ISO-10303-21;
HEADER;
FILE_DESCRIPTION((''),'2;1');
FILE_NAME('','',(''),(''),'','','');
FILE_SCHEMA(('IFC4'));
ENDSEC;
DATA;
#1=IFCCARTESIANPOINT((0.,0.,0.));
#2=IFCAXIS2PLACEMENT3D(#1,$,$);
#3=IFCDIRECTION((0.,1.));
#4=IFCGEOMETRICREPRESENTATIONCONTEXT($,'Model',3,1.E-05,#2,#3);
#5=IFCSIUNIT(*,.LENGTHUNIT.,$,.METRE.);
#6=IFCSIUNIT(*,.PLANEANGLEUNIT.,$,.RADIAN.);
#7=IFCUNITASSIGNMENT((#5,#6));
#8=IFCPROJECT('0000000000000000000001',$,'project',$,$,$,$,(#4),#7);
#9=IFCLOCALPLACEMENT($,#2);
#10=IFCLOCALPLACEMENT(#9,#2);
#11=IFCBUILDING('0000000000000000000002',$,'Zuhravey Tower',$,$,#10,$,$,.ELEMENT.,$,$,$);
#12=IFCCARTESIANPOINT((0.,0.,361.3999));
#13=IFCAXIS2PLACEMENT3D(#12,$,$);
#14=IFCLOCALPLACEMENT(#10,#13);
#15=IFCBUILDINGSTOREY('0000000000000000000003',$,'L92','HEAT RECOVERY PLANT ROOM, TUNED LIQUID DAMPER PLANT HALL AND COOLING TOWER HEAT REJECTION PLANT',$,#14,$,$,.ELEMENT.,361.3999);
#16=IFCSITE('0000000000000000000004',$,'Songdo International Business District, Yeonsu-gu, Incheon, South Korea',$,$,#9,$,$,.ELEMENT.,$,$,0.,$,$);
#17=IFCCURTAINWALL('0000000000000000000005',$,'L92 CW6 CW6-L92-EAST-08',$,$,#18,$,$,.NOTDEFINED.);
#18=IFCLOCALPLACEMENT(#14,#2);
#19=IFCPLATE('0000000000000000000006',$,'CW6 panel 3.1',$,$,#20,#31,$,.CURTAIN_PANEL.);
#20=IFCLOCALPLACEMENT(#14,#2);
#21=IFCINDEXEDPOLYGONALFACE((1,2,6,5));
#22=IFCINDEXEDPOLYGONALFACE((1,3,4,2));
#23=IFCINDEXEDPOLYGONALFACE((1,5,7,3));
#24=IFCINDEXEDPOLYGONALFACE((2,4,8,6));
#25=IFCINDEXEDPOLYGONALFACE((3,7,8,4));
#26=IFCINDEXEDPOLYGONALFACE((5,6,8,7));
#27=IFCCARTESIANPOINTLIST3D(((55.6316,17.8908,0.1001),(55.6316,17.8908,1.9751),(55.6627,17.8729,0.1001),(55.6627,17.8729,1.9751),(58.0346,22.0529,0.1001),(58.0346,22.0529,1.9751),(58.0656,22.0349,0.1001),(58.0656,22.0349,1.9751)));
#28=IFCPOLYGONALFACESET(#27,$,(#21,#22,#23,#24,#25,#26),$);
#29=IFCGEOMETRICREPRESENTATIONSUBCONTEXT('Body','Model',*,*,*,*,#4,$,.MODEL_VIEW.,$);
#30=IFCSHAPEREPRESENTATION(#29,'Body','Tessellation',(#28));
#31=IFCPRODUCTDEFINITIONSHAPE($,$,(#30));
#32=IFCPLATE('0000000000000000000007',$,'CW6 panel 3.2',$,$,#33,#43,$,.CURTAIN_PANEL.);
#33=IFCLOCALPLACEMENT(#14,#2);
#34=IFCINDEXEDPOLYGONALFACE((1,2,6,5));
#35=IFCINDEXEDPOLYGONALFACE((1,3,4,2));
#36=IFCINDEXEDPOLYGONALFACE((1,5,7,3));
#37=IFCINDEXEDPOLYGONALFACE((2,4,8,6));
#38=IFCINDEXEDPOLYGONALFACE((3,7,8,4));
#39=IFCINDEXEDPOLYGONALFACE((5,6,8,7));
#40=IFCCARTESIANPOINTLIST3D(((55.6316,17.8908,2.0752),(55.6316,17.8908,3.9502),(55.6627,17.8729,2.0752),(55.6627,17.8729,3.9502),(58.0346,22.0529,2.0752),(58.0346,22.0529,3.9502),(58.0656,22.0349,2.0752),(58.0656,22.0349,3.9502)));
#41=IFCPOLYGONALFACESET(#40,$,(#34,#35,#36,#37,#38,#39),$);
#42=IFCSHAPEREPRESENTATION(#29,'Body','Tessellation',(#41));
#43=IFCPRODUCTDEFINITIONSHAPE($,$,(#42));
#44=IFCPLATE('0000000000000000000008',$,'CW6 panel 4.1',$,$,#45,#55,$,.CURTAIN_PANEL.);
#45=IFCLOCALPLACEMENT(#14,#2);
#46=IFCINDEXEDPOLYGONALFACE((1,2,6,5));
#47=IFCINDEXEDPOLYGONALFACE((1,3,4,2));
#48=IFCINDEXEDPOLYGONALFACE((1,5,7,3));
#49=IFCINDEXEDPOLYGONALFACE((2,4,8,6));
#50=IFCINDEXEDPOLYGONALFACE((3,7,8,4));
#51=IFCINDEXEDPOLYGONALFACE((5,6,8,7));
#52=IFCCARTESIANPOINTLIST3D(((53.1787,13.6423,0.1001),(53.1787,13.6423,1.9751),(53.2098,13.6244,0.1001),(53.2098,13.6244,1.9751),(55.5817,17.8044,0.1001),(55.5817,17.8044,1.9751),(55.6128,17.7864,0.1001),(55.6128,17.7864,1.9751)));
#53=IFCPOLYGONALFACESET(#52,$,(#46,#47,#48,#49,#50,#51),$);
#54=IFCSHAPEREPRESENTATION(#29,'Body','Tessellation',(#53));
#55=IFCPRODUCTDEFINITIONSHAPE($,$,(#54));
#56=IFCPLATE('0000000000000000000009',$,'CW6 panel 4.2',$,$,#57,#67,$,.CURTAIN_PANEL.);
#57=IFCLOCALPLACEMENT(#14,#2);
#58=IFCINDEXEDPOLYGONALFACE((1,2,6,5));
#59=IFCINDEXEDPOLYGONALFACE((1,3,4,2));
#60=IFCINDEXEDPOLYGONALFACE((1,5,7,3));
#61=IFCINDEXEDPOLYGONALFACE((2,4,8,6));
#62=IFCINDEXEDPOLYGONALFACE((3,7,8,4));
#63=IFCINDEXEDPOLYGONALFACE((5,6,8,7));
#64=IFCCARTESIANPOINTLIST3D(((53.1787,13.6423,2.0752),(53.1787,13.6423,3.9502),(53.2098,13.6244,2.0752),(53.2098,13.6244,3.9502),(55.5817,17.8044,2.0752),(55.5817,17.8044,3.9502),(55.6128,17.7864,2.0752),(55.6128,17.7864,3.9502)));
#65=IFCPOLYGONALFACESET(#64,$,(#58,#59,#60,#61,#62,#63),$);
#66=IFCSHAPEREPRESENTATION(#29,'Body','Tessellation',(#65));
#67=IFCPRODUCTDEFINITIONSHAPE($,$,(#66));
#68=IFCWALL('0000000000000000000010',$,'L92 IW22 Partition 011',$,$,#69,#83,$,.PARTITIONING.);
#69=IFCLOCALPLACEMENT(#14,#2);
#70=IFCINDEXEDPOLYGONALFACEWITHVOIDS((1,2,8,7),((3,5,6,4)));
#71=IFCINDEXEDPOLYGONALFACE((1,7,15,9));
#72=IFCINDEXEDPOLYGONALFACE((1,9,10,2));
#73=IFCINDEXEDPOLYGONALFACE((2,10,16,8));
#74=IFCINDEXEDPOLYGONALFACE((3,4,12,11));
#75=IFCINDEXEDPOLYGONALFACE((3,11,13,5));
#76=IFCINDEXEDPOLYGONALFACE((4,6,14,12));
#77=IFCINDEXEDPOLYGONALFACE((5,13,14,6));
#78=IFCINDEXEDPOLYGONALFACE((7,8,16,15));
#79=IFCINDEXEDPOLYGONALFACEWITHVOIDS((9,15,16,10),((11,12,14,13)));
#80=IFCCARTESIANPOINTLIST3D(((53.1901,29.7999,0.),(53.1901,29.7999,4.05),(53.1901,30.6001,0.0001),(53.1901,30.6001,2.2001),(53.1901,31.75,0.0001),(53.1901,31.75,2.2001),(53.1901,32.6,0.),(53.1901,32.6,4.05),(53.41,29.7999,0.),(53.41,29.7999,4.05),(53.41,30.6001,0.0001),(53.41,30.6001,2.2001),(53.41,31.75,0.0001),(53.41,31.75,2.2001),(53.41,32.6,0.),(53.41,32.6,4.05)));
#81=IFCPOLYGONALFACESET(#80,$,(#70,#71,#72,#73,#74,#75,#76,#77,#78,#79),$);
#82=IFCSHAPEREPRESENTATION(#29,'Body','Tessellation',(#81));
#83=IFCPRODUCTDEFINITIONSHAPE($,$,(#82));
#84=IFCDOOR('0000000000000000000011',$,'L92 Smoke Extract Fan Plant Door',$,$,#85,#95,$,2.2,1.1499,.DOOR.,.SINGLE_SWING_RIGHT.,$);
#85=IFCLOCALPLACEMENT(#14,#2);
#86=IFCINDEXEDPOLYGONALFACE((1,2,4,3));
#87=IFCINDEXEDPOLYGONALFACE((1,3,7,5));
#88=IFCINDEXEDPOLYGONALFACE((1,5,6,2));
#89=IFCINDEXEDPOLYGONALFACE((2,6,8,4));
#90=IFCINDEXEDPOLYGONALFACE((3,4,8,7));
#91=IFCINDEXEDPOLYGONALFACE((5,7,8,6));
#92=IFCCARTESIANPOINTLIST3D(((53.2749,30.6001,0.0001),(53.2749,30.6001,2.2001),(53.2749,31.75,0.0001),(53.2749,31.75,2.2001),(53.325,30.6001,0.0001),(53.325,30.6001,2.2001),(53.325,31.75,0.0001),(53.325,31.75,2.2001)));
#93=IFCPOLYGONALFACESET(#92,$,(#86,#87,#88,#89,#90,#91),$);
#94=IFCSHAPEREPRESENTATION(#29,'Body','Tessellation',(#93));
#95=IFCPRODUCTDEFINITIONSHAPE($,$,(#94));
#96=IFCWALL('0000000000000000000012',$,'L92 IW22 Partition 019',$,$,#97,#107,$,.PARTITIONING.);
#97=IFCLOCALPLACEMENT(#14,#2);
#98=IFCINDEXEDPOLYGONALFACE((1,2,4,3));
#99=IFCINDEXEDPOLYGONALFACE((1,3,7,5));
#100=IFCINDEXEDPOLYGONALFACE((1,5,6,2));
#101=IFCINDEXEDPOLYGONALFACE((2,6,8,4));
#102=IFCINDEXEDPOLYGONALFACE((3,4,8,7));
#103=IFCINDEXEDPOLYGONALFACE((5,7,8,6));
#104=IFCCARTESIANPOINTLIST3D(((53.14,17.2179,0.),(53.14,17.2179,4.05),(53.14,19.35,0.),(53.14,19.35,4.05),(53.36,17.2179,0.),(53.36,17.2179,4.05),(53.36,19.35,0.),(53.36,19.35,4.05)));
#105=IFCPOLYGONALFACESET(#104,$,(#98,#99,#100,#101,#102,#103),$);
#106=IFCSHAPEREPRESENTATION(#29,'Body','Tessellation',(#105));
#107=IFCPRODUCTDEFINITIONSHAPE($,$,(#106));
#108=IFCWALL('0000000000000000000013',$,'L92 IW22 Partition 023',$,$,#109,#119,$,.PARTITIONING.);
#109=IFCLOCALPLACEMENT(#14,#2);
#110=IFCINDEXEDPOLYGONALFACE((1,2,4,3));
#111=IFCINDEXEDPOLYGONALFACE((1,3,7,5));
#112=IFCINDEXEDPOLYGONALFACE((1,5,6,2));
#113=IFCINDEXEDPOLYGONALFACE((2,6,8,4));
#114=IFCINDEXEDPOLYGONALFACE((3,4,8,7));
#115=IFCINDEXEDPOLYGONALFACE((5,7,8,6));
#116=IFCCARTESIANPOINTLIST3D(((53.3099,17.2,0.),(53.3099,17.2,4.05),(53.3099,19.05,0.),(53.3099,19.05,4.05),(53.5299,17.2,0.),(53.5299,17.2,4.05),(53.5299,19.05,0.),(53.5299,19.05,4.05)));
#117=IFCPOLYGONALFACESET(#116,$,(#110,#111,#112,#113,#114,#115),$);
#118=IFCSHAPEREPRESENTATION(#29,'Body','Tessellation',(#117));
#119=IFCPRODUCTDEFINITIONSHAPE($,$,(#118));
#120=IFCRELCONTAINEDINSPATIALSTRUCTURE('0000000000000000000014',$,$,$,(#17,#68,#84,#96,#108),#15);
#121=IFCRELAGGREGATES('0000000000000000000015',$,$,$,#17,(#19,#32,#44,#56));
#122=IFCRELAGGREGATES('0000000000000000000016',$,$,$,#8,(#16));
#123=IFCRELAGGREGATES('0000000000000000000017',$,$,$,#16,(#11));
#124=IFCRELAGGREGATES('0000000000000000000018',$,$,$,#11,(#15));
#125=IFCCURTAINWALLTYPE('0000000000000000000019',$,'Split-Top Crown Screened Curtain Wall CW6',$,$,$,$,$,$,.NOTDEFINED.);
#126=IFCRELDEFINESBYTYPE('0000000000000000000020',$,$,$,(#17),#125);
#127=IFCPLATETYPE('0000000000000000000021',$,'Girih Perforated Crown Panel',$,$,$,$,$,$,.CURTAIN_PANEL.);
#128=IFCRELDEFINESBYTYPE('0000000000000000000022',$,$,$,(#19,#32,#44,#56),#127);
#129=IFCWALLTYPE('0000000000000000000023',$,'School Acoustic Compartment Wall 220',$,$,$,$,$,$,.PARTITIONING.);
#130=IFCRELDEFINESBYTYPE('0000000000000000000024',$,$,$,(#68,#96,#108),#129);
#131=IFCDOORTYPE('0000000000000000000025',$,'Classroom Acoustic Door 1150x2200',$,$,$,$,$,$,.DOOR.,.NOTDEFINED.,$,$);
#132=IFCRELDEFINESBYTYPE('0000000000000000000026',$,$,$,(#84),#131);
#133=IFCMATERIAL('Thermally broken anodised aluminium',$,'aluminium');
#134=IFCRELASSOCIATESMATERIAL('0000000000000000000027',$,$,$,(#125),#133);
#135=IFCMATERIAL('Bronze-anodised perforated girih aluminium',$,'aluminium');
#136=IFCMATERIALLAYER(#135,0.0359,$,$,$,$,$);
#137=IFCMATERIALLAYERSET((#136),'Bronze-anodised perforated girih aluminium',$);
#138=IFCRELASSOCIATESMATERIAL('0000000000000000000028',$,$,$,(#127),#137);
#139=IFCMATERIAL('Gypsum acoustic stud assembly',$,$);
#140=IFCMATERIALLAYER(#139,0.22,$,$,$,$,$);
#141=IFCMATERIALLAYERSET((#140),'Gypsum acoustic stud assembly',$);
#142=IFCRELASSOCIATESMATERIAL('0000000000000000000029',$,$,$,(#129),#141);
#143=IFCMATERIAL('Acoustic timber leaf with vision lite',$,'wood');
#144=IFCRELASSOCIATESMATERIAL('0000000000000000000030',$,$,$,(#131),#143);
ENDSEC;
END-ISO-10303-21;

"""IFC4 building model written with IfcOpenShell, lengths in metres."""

from ifc_helpers import new_model, si_unit, direction, frame, frame_2d, origin, origin_2d, place, context, subcontext, project, spatial, rectangle, extrude, material, layer, layer_set, type_object, element, fill, aggregate, save


model = new_model("IFC4")

# Units and contexts
model_context = context("Model", 3, precision=1e-05, world=origin(), true_north=direction((0.0, 1.0)))
body_context = subcontext(model_context, "Body", "Model", "MODEL_VIEW")
ifc_project = project(units=[si_unit("LENGTHUNIT", "METRE"), si_unit("PLANEANGLEUNIT", "RADIAN")], contexts=[model_context])

# Site, building, storey
site_placement = place(None, origin())
site = spatial("IfcSite", under=ifc_project, at=site_placement, Name="Songdo International Business District, Yeonsu-gu, Incheon, South Korea", CompositionType="ELEMENT", RefElevation=0.0)
building_placement = place(site_placement, origin())
building = spatial("IfcBuilding", under=site, at=building_placement, Name="Zuhravey Tower", CompositionType="ELEMENT")
storey_placement = place(building_placement, frame((0.0, 0.0, 361.3999)))
storey = spatial("IfcBuildingStorey", under=building, at=storey_placement, Name="L92", Description="HEAT RECOVERY PLANT ROOM, TUNED LIQUID DAMPER PLANT HALL AND COOLING TOWER HEAT REJECTION PLANT", CompositionType="ELEMENT", Elevation=361.3999)

# Curtain wall
ifc_material_1 = material(Name="Thermally broken anodised aluminium", Category="aluminium")
curtain_wall_type = type_object("IfcCurtainWallType", Name="Split-Top Crown Screened Curtain Wall CW6", PredefinedType="NOTDEFINED", material=ifc_material_1)
curtain_wall_placement = place(storey_placement, origin())
curtain_wall = element("IfcCurtainWall", 1, at=curtain_wall_placement, inside=storey, type_object=curtain_wall_type, Name="L92 CW6 CW6-L92-EAST-08", PredefinedType="NOTDEFINED")

# Plates
ifc_material_2 = material(Name="Bronze-anodised perforated girih aluminium", Category="aluminium")
ifc_layer_1 = layer(ifc_material_2, 0.0359)
ifc_layer_set_1 = layer_set([ifc_layer_1], Name="Bronze-anodised perforated girih aluminium")
plate_type_1 = type_object("IfcPlateType", Name="Girih Perforated Crown Panel", PredefinedType="CURTAIN_PANEL", material=ifc_layer_set_1)
plate_1_placement = place(storey_placement, frame((56.8486, 19.9629, 0.1001), z_axis=(0.0, 0.0, 1.0), x_axis=(-0.499997, -0.866027, 0.0)))
plate_1 = element("IfcPlate", 2, at=plate_1_placement, type_object=plate_type_1, Name="CW6 panel 3.1", PredefinedType="CURTAIN_PANEL", context=body_context, shape_type="SweptSolid", body=[
    extrude(rectangle(XDim=4.8059, YDim=0.0359, at=origin_2d()), origin(), (0.0, 0.0, 1.0), 1.875),
])
plate_2_placement = place(storey_placement, frame((56.8486, 19.9629, 2.0752), z_axis=(0.0, 0.0, 1.0), x_axis=(-0.499997, -0.866027, 0.0)))
plate_2 = element("IfcPlate", 3, at=plate_2_placement, type_object=plate_type_1, Name="CW6 panel 3.2", PredefinedType="CURTAIN_PANEL", context=body_context, shape_type="SweptSolid", body=[
    extrude(rectangle(XDim=4.8059, YDim=0.0359, at=origin_2d()), origin(), (0.0, 0.0, 1.0), 1.875),
])
plate_3_placement = place(storey_placement, frame((54.3958, 15.7144, 0.1001), z_axis=(0.0, 0.0, 1.0), x_axis=(-0.499997, -0.866027, 0.0)))
plate_3 = element("IfcPlate", 4, at=plate_3_placement, type_object=plate_type_1, Name="CW6 panel 4.1", PredefinedType="CURTAIN_PANEL", context=body_context, shape_type="SweptSolid", body=[
    extrude(rectangle(XDim=4.8059, YDim=0.0359, at=origin_2d()), origin(), (0.0, 0.0, 1.0), 1.875),
])
plate_4_placement = place(storey_placement, frame((54.3958, 15.7144, 2.0752), z_axis=(0.0, 0.0, 1.0), x_axis=(-0.499997, -0.866027, 0.0)))
plate_4 = element("IfcPlate", 5, at=plate_4_placement, type_object=plate_type_1, Name="CW6 panel 4.2", PredefinedType="CURTAIN_PANEL", context=body_context, shape_type="SweptSolid", body=[
    extrude(rectangle(XDim=4.8059, YDim=0.0359, at=origin_2d()), origin(), (0.0, 0.0, 1.0), 1.875),
])
aggregate(curtain_wall, [plate_1, plate_2, plate_3, plate_4])

# Wall, opening, door
ifc_material_3 = material(Name="Gypsum acoustic stud assembly")
ifc_layer_2 = layer(ifc_material_3, 0.22)
ifc_layer_set_2 = layer_set([ifc_layer_2], Name="Gypsum acoustic stud assembly")
wall_type = type_object("IfcWallType", Name="School Acoustic Compartment Wall 220", PredefinedType="PARTITIONING", material=ifc_layer_set_2)
wall_1_placement = place(storey_placement, frame((53.3, 29.8, 0.0), z_axis=(0.0, 0.0, 1.0), x_axis=(0.0, 1.0, 0.0)))
wall_1 = element("IfcWall", 6, at=wall_1_placement, inside=storey, type_object=wall_type, Name="L92 IW22 Partition 011", PredefinedType="PARTITIONING", context=body_context, shape_type="SweptSolid", body=[
    extrude(rectangle(XDim=2.8, YDim=0.22, at=frame_2d((1.3999, 0.0))), origin(), (0.0, 0.0, 1.0), 4.05),
])
opening_placement = place(wall_1_placement, frame((0.8, 0.0, 0.0)))
opening = element("IfcOpeningElement", 7, at=opening_placement, cuts=wall_1, PredefinedType="OPENING", context=body_context, shape_type="SweptSolid", body=[
    extrude(rectangle(XDim=1.1499, YDim=2.2, at=frame_2d((0.575, 1.1001))), frame((0.0, 0.1221, 0.0), z_axis=(0.0, -1.0, 0.0), x_axis=(1.0, 0.0, 0.0)), (0.0, 0.0, 1.0), 0.2439),
])
ifc_material_4 = material(Name="Acoustic timber leaf with vision lite", Category="wood")
door_type = type_object("IfcDoorType", Name="Classroom Acoustic Door 1150x2200", OperationType="NOTDEFINED", PredefinedType="DOOR", material=ifc_material_4)
door_placement = place(opening_placement, frame((1.1499, 0.0, 0.0), z_axis=(0.0, 0.0, 1.0), x_axis=(-1.0, 0.0, 0.0)))
door = element("IfcDoor", 8, at=door_placement, inside=storey, type_object=door_type, Name="L92 Smoke Extract Fan Plant Door", OperationType="SINGLE_SWING_RIGHT", OverallHeight=2.2, OverallWidth=1.1499, PredefinedType="DOOR", context=body_context, shape_type="SweptSolid", body=[
    extrude(rectangle(XDim=1.1499, YDim=2.2, at=frame_2d((0.575, 1.1001))), frame((0.0, 0.0249, 0.0), z_axis=(0.0, -1.0, 0.0), x_axis=(1.0, 0.0, 0.0)), (0.0, 0.0, 1.0), 0.05),
])
fill(opening, door)

# Walls
wall_2_placement = place(storey_placement, frame((53.25, 17.218, 0.0), z_axis=(0.0, 0.0, 1.0), x_axis=(0.0, 1.0, 0.0)))
element("IfcWall", 9, at=wall_2_placement, inside=storey, type_object=wall_type, Name="L92 IW22 Partition 019", PredefinedType="PARTITIONING", context=body_context, shape_type="SweptSolid", body=[
    extrude(rectangle(XDim=2.1321, YDim=0.22, at=frame_2d((1.0659, 0.0))), origin(), (0.0, 0.0, 1.0), 4.05),
])
wall_3_placement = place(storey_placement, frame((53.4199, 17.2, 0.0), z_axis=(0.0, 0.0, 1.0), x_axis=(0.0, 1.0, 0.0)))
element("IfcWall", 10, at=wall_3_placement, inside=storey, type_object=wall_type, Name="L92 IW22 Partition 023", PredefinedType="PARTITIONING", context=body_context, shape_type="SweptSolid", body=[
    extrude(rectangle(XDim=1.8501, YDim=0.22, at=frame_2d((0.925, 0.0))), origin(), (0.0, 0.0, 1.0), 4.05),
])

save(model, "model.ifc")
